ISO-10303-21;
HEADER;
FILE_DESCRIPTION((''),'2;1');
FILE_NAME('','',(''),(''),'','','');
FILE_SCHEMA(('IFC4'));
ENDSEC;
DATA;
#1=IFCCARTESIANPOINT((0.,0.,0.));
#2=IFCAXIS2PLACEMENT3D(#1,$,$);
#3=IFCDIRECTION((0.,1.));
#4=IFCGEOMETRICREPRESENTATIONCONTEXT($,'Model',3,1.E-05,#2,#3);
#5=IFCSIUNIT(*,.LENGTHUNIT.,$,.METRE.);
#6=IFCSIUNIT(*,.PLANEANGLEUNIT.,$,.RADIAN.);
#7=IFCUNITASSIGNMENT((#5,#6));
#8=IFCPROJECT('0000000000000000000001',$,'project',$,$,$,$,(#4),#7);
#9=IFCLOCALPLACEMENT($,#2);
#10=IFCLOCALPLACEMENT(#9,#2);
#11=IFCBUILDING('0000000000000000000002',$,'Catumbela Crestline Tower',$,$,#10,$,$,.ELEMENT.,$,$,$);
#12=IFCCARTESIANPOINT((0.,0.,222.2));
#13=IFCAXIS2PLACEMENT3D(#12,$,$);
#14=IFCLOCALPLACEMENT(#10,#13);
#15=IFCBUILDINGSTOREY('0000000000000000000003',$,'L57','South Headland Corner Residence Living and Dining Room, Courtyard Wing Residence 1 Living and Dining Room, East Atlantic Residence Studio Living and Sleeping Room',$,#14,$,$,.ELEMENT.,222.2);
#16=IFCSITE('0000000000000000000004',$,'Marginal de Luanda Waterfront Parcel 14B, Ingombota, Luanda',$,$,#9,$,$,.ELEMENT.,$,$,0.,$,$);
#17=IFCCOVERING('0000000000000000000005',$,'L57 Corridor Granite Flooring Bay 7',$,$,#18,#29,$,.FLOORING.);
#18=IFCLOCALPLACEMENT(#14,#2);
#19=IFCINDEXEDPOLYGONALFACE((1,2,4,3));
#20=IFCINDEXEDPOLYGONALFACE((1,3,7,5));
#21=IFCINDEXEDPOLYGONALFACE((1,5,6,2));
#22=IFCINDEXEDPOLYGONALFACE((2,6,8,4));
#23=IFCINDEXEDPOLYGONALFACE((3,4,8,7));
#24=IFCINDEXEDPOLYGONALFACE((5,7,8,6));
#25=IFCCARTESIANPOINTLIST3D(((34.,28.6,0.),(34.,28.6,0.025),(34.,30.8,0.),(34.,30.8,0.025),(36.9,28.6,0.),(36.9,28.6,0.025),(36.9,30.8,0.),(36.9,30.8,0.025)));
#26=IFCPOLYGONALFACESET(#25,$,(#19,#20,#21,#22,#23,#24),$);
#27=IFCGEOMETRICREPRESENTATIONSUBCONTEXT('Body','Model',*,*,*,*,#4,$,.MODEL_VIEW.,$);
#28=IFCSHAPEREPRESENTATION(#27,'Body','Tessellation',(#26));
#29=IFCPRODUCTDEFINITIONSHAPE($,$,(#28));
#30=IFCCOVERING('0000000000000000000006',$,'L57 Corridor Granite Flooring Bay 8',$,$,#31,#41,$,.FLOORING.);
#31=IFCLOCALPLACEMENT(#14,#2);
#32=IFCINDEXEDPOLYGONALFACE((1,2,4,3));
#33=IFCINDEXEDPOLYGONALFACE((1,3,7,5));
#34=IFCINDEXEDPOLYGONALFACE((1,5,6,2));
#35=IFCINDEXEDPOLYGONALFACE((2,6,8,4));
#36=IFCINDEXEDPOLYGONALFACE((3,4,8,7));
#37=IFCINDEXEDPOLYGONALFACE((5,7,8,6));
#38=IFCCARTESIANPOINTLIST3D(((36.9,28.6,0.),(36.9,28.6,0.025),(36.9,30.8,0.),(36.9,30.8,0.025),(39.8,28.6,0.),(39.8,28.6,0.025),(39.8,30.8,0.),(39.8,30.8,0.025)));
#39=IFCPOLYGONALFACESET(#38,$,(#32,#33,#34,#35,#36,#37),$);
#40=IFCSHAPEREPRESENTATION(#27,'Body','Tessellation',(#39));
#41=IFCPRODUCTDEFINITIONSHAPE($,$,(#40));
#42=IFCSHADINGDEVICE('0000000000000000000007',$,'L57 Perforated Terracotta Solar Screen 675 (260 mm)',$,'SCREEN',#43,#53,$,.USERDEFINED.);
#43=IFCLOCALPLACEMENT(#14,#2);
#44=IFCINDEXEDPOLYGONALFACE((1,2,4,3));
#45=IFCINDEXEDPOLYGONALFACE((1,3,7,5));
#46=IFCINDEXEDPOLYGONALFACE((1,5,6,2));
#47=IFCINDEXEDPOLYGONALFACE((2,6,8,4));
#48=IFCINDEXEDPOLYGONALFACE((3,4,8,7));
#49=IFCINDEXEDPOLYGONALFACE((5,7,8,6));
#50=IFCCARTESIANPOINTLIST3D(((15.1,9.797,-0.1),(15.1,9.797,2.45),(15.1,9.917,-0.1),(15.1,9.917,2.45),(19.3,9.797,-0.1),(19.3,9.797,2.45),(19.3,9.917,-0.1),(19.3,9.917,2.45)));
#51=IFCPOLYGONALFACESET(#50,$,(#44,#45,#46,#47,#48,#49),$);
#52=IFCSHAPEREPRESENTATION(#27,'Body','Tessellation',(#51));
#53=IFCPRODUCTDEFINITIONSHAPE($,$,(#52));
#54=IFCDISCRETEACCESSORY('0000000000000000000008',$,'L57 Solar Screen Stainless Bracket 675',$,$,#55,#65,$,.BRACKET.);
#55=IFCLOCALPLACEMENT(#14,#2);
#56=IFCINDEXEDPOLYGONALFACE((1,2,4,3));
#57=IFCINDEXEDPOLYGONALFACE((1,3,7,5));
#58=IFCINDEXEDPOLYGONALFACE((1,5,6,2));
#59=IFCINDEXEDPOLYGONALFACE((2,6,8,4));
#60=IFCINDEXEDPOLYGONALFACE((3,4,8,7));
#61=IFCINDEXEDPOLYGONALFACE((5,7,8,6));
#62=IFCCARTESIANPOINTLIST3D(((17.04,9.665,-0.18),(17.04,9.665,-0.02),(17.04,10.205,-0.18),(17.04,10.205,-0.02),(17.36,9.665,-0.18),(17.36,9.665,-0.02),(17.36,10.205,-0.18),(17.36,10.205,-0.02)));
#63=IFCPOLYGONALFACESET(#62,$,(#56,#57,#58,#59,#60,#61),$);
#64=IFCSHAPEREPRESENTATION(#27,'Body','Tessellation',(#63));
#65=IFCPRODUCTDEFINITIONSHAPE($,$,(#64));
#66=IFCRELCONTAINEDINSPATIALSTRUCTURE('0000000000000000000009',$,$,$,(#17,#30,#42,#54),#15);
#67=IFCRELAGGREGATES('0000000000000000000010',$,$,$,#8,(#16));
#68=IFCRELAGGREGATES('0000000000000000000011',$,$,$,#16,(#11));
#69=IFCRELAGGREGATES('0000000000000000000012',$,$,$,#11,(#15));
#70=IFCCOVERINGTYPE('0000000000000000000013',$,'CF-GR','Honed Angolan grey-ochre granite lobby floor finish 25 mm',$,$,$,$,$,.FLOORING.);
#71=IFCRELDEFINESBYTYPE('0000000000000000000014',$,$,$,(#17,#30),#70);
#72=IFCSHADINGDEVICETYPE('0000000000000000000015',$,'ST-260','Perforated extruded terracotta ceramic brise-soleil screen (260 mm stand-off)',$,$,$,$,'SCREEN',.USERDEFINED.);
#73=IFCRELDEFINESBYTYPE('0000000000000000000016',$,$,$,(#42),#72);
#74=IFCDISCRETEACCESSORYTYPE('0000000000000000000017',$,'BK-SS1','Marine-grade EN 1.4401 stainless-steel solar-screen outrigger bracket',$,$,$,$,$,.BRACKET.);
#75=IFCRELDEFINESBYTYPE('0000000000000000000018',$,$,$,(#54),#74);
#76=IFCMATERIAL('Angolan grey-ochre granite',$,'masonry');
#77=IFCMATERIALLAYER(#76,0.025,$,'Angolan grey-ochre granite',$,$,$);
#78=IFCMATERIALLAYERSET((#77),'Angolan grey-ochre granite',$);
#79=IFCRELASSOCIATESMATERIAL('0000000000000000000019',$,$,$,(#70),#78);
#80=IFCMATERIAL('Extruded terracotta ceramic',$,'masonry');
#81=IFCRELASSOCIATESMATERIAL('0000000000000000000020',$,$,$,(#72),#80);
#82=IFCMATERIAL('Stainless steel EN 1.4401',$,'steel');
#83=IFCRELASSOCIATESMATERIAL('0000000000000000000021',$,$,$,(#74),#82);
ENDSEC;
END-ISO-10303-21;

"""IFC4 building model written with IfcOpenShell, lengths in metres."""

from ifc_helpers import new_model, si_unit, direction, frame, origin, origin_2d, place, context, subcontext, project, spatial, polyline, rectangle, outline, extrude, material, layer, layer_set, type_object, element, save


model = new_model("IFC4")

# Units and contexts
model_context = context("Model", 3, precision=1e-05, world=origin(), true_north=direction((0.0, 1.0)))
body_context = subcontext(model_context, "Body", "Model", "MODEL_VIEW")
ifc_project = project(units=[si_unit("LENGTHUNIT", "METRE"), si_unit("PLANEANGLEUNIT", "RADIAN")], contexts=[model_context])

# Site, building, storey
site_placement = place(None, origin())
site = spatial("IfcSite", under=ifc_project, at=site_placement, Name="Marginal de Luanda Waterfront Parcel 14B, Ingombota, Luanda", CompositionType="ELEMENT", RefElevation=0.0)
building_placement = place(site_placement, origin())
building = spatial("IfcBuilding", under=site, at=building_placement, Name="Catumbela Crestline Tower", CompositionType="ELEMENT")
storey_placement = place(building_placement, frame((0.0, 0.0, 222.2)))
storey = spatial("IfcBuildingStorey", under=building, at=storey_placement, Name="L57", Description="South Headland Corner Residence Living and Dining Room, Courtyard Wing Residence 1 Living and Dining Room, East Atlantic Residence Studio Living and Sleeping Room", CompositionType="ELEMENT", Elevation=222.2)

# Shared definitions
ifc_material_1 = material(Name="Angolan grey-ochre granite", Category="masonry")

# Coverings
ifc_layer_1 = layer(ifc_material_1, 0.025, Name="Angolan grey-ochre granite")
ifc_layer_set_1 = layer_set([ifc_layer_1], Name="Angolan grey-ochre granite")
covering_type_1 = type_object("IfcCoveringType", Name="CF-GR", Description="Honed Angolan grey-ochre granite lobby floor finish 25 mm", PredefinedType="FLOORING", material=ifc_layer_set_1)
covering_1_placement = place(storey_placement, origin())
element("IfcCovering", 1, at=covering_1_placement, inside=storey, type_object=covering_type_1, Name="L57 Corridor Granite Flooring Bay 7", PredefinedType="FLOORING", context=body_context, shape_type="SweptSolid", body=[
    extrude(outline(polyline([(34.0, 28.6), (36.9, 28.6), (36.9, 30.8), (34.0, 30.8), (34.0, 28.6)])), origin(), (0.0, 0.0, 1.0), 0.025),
])
covering_2_placement = place(storey_placement, origin())
element("IfcCovering", 2, at=covering_2_placement, inside=storey, type_object=covering_type_1, Name="L57 Corridor Granite Flooring Bay 8", PredefinedType="FLOORING", context=body_context, shape_type="SweptSolid", body=[
    extrude(outline(polyline([(36.9, 28.6), (39.8, 28.6), (39.8, 30.8), (36.9, 30.8), (36.9, 28.6)])), origin(), (0.0, 0.0, 1.0), 0.025),
])

# Shared definitions
ifc_material_2 = material(Name="Stainless steel EN 1.4401", Category="steel")

# Shading device
ifc_material_3 = material(Name="Extruded terracotta ceramic", Category="masonry")
shading_device_type = type_object("IfcShadingDeviceType", Name="ST-260", Description="Perforated extruded terracotta ceramic brise-soleil screen (260 mm stand-off)", ElementType="SCREEN", PredefinedType="USERDEFINED", material=ifc_material_3)
shading_device_placement = place(storey_placement, frame((17.2, 9.857, -0.1), z_axis=(0.0, 0.0, 1.0), x_axis=(1.0, 0.0, 0.0)))
element("IfcShadingDevice", 3, at=shading_device_placement, inside=storey, type_object=shading_device_type, Name="L57 Perforated Terracotta Solar Screen 675 (260 mm)", ObjectType="SCREEN", PredefinedType="USERDEFINED", context=body_context, shape_type="SweptSolid", body=[
    extrude(rectangle(XDim=4.2, YDim=0.12, at=origin_2d()), origin(), (0.0, 0.0, 1.0), 2.55),
])

# Discrete accessory
discrete_accessory_type = type_object("IfcDiscreteAccessoryType", Name="BK-SS1", Description="Marine-grade EN 1.4401 stainless-steel solar-screen outrigger bracket", PredefinedType="BRACKET", material=ifc_material_2)
discrete_accessory_placement = place(storey_placement, frame((17.2, 9.935, -0.18), z_axis=(0.0, 0.0, 1.0), x_axis=(1.0, 0.0, 0.0)))
element("IfcDiscreteAccessory", 4, at=discrete_accessory_placement, inside=storey, type_object=discrete_accessory_type, Name="L57 Solar Screen Stainless Bracket 675", PredefinedType="BRACKET", context=body_context, shape_type="SweptSolid", body=[
    extrude(rectangle(XDim=0.32, YDim=0.54, at=origin_2d()), origin(), (0.0, 0.0, 1.0), 0.16),
])

save(model, "model.ifc")
